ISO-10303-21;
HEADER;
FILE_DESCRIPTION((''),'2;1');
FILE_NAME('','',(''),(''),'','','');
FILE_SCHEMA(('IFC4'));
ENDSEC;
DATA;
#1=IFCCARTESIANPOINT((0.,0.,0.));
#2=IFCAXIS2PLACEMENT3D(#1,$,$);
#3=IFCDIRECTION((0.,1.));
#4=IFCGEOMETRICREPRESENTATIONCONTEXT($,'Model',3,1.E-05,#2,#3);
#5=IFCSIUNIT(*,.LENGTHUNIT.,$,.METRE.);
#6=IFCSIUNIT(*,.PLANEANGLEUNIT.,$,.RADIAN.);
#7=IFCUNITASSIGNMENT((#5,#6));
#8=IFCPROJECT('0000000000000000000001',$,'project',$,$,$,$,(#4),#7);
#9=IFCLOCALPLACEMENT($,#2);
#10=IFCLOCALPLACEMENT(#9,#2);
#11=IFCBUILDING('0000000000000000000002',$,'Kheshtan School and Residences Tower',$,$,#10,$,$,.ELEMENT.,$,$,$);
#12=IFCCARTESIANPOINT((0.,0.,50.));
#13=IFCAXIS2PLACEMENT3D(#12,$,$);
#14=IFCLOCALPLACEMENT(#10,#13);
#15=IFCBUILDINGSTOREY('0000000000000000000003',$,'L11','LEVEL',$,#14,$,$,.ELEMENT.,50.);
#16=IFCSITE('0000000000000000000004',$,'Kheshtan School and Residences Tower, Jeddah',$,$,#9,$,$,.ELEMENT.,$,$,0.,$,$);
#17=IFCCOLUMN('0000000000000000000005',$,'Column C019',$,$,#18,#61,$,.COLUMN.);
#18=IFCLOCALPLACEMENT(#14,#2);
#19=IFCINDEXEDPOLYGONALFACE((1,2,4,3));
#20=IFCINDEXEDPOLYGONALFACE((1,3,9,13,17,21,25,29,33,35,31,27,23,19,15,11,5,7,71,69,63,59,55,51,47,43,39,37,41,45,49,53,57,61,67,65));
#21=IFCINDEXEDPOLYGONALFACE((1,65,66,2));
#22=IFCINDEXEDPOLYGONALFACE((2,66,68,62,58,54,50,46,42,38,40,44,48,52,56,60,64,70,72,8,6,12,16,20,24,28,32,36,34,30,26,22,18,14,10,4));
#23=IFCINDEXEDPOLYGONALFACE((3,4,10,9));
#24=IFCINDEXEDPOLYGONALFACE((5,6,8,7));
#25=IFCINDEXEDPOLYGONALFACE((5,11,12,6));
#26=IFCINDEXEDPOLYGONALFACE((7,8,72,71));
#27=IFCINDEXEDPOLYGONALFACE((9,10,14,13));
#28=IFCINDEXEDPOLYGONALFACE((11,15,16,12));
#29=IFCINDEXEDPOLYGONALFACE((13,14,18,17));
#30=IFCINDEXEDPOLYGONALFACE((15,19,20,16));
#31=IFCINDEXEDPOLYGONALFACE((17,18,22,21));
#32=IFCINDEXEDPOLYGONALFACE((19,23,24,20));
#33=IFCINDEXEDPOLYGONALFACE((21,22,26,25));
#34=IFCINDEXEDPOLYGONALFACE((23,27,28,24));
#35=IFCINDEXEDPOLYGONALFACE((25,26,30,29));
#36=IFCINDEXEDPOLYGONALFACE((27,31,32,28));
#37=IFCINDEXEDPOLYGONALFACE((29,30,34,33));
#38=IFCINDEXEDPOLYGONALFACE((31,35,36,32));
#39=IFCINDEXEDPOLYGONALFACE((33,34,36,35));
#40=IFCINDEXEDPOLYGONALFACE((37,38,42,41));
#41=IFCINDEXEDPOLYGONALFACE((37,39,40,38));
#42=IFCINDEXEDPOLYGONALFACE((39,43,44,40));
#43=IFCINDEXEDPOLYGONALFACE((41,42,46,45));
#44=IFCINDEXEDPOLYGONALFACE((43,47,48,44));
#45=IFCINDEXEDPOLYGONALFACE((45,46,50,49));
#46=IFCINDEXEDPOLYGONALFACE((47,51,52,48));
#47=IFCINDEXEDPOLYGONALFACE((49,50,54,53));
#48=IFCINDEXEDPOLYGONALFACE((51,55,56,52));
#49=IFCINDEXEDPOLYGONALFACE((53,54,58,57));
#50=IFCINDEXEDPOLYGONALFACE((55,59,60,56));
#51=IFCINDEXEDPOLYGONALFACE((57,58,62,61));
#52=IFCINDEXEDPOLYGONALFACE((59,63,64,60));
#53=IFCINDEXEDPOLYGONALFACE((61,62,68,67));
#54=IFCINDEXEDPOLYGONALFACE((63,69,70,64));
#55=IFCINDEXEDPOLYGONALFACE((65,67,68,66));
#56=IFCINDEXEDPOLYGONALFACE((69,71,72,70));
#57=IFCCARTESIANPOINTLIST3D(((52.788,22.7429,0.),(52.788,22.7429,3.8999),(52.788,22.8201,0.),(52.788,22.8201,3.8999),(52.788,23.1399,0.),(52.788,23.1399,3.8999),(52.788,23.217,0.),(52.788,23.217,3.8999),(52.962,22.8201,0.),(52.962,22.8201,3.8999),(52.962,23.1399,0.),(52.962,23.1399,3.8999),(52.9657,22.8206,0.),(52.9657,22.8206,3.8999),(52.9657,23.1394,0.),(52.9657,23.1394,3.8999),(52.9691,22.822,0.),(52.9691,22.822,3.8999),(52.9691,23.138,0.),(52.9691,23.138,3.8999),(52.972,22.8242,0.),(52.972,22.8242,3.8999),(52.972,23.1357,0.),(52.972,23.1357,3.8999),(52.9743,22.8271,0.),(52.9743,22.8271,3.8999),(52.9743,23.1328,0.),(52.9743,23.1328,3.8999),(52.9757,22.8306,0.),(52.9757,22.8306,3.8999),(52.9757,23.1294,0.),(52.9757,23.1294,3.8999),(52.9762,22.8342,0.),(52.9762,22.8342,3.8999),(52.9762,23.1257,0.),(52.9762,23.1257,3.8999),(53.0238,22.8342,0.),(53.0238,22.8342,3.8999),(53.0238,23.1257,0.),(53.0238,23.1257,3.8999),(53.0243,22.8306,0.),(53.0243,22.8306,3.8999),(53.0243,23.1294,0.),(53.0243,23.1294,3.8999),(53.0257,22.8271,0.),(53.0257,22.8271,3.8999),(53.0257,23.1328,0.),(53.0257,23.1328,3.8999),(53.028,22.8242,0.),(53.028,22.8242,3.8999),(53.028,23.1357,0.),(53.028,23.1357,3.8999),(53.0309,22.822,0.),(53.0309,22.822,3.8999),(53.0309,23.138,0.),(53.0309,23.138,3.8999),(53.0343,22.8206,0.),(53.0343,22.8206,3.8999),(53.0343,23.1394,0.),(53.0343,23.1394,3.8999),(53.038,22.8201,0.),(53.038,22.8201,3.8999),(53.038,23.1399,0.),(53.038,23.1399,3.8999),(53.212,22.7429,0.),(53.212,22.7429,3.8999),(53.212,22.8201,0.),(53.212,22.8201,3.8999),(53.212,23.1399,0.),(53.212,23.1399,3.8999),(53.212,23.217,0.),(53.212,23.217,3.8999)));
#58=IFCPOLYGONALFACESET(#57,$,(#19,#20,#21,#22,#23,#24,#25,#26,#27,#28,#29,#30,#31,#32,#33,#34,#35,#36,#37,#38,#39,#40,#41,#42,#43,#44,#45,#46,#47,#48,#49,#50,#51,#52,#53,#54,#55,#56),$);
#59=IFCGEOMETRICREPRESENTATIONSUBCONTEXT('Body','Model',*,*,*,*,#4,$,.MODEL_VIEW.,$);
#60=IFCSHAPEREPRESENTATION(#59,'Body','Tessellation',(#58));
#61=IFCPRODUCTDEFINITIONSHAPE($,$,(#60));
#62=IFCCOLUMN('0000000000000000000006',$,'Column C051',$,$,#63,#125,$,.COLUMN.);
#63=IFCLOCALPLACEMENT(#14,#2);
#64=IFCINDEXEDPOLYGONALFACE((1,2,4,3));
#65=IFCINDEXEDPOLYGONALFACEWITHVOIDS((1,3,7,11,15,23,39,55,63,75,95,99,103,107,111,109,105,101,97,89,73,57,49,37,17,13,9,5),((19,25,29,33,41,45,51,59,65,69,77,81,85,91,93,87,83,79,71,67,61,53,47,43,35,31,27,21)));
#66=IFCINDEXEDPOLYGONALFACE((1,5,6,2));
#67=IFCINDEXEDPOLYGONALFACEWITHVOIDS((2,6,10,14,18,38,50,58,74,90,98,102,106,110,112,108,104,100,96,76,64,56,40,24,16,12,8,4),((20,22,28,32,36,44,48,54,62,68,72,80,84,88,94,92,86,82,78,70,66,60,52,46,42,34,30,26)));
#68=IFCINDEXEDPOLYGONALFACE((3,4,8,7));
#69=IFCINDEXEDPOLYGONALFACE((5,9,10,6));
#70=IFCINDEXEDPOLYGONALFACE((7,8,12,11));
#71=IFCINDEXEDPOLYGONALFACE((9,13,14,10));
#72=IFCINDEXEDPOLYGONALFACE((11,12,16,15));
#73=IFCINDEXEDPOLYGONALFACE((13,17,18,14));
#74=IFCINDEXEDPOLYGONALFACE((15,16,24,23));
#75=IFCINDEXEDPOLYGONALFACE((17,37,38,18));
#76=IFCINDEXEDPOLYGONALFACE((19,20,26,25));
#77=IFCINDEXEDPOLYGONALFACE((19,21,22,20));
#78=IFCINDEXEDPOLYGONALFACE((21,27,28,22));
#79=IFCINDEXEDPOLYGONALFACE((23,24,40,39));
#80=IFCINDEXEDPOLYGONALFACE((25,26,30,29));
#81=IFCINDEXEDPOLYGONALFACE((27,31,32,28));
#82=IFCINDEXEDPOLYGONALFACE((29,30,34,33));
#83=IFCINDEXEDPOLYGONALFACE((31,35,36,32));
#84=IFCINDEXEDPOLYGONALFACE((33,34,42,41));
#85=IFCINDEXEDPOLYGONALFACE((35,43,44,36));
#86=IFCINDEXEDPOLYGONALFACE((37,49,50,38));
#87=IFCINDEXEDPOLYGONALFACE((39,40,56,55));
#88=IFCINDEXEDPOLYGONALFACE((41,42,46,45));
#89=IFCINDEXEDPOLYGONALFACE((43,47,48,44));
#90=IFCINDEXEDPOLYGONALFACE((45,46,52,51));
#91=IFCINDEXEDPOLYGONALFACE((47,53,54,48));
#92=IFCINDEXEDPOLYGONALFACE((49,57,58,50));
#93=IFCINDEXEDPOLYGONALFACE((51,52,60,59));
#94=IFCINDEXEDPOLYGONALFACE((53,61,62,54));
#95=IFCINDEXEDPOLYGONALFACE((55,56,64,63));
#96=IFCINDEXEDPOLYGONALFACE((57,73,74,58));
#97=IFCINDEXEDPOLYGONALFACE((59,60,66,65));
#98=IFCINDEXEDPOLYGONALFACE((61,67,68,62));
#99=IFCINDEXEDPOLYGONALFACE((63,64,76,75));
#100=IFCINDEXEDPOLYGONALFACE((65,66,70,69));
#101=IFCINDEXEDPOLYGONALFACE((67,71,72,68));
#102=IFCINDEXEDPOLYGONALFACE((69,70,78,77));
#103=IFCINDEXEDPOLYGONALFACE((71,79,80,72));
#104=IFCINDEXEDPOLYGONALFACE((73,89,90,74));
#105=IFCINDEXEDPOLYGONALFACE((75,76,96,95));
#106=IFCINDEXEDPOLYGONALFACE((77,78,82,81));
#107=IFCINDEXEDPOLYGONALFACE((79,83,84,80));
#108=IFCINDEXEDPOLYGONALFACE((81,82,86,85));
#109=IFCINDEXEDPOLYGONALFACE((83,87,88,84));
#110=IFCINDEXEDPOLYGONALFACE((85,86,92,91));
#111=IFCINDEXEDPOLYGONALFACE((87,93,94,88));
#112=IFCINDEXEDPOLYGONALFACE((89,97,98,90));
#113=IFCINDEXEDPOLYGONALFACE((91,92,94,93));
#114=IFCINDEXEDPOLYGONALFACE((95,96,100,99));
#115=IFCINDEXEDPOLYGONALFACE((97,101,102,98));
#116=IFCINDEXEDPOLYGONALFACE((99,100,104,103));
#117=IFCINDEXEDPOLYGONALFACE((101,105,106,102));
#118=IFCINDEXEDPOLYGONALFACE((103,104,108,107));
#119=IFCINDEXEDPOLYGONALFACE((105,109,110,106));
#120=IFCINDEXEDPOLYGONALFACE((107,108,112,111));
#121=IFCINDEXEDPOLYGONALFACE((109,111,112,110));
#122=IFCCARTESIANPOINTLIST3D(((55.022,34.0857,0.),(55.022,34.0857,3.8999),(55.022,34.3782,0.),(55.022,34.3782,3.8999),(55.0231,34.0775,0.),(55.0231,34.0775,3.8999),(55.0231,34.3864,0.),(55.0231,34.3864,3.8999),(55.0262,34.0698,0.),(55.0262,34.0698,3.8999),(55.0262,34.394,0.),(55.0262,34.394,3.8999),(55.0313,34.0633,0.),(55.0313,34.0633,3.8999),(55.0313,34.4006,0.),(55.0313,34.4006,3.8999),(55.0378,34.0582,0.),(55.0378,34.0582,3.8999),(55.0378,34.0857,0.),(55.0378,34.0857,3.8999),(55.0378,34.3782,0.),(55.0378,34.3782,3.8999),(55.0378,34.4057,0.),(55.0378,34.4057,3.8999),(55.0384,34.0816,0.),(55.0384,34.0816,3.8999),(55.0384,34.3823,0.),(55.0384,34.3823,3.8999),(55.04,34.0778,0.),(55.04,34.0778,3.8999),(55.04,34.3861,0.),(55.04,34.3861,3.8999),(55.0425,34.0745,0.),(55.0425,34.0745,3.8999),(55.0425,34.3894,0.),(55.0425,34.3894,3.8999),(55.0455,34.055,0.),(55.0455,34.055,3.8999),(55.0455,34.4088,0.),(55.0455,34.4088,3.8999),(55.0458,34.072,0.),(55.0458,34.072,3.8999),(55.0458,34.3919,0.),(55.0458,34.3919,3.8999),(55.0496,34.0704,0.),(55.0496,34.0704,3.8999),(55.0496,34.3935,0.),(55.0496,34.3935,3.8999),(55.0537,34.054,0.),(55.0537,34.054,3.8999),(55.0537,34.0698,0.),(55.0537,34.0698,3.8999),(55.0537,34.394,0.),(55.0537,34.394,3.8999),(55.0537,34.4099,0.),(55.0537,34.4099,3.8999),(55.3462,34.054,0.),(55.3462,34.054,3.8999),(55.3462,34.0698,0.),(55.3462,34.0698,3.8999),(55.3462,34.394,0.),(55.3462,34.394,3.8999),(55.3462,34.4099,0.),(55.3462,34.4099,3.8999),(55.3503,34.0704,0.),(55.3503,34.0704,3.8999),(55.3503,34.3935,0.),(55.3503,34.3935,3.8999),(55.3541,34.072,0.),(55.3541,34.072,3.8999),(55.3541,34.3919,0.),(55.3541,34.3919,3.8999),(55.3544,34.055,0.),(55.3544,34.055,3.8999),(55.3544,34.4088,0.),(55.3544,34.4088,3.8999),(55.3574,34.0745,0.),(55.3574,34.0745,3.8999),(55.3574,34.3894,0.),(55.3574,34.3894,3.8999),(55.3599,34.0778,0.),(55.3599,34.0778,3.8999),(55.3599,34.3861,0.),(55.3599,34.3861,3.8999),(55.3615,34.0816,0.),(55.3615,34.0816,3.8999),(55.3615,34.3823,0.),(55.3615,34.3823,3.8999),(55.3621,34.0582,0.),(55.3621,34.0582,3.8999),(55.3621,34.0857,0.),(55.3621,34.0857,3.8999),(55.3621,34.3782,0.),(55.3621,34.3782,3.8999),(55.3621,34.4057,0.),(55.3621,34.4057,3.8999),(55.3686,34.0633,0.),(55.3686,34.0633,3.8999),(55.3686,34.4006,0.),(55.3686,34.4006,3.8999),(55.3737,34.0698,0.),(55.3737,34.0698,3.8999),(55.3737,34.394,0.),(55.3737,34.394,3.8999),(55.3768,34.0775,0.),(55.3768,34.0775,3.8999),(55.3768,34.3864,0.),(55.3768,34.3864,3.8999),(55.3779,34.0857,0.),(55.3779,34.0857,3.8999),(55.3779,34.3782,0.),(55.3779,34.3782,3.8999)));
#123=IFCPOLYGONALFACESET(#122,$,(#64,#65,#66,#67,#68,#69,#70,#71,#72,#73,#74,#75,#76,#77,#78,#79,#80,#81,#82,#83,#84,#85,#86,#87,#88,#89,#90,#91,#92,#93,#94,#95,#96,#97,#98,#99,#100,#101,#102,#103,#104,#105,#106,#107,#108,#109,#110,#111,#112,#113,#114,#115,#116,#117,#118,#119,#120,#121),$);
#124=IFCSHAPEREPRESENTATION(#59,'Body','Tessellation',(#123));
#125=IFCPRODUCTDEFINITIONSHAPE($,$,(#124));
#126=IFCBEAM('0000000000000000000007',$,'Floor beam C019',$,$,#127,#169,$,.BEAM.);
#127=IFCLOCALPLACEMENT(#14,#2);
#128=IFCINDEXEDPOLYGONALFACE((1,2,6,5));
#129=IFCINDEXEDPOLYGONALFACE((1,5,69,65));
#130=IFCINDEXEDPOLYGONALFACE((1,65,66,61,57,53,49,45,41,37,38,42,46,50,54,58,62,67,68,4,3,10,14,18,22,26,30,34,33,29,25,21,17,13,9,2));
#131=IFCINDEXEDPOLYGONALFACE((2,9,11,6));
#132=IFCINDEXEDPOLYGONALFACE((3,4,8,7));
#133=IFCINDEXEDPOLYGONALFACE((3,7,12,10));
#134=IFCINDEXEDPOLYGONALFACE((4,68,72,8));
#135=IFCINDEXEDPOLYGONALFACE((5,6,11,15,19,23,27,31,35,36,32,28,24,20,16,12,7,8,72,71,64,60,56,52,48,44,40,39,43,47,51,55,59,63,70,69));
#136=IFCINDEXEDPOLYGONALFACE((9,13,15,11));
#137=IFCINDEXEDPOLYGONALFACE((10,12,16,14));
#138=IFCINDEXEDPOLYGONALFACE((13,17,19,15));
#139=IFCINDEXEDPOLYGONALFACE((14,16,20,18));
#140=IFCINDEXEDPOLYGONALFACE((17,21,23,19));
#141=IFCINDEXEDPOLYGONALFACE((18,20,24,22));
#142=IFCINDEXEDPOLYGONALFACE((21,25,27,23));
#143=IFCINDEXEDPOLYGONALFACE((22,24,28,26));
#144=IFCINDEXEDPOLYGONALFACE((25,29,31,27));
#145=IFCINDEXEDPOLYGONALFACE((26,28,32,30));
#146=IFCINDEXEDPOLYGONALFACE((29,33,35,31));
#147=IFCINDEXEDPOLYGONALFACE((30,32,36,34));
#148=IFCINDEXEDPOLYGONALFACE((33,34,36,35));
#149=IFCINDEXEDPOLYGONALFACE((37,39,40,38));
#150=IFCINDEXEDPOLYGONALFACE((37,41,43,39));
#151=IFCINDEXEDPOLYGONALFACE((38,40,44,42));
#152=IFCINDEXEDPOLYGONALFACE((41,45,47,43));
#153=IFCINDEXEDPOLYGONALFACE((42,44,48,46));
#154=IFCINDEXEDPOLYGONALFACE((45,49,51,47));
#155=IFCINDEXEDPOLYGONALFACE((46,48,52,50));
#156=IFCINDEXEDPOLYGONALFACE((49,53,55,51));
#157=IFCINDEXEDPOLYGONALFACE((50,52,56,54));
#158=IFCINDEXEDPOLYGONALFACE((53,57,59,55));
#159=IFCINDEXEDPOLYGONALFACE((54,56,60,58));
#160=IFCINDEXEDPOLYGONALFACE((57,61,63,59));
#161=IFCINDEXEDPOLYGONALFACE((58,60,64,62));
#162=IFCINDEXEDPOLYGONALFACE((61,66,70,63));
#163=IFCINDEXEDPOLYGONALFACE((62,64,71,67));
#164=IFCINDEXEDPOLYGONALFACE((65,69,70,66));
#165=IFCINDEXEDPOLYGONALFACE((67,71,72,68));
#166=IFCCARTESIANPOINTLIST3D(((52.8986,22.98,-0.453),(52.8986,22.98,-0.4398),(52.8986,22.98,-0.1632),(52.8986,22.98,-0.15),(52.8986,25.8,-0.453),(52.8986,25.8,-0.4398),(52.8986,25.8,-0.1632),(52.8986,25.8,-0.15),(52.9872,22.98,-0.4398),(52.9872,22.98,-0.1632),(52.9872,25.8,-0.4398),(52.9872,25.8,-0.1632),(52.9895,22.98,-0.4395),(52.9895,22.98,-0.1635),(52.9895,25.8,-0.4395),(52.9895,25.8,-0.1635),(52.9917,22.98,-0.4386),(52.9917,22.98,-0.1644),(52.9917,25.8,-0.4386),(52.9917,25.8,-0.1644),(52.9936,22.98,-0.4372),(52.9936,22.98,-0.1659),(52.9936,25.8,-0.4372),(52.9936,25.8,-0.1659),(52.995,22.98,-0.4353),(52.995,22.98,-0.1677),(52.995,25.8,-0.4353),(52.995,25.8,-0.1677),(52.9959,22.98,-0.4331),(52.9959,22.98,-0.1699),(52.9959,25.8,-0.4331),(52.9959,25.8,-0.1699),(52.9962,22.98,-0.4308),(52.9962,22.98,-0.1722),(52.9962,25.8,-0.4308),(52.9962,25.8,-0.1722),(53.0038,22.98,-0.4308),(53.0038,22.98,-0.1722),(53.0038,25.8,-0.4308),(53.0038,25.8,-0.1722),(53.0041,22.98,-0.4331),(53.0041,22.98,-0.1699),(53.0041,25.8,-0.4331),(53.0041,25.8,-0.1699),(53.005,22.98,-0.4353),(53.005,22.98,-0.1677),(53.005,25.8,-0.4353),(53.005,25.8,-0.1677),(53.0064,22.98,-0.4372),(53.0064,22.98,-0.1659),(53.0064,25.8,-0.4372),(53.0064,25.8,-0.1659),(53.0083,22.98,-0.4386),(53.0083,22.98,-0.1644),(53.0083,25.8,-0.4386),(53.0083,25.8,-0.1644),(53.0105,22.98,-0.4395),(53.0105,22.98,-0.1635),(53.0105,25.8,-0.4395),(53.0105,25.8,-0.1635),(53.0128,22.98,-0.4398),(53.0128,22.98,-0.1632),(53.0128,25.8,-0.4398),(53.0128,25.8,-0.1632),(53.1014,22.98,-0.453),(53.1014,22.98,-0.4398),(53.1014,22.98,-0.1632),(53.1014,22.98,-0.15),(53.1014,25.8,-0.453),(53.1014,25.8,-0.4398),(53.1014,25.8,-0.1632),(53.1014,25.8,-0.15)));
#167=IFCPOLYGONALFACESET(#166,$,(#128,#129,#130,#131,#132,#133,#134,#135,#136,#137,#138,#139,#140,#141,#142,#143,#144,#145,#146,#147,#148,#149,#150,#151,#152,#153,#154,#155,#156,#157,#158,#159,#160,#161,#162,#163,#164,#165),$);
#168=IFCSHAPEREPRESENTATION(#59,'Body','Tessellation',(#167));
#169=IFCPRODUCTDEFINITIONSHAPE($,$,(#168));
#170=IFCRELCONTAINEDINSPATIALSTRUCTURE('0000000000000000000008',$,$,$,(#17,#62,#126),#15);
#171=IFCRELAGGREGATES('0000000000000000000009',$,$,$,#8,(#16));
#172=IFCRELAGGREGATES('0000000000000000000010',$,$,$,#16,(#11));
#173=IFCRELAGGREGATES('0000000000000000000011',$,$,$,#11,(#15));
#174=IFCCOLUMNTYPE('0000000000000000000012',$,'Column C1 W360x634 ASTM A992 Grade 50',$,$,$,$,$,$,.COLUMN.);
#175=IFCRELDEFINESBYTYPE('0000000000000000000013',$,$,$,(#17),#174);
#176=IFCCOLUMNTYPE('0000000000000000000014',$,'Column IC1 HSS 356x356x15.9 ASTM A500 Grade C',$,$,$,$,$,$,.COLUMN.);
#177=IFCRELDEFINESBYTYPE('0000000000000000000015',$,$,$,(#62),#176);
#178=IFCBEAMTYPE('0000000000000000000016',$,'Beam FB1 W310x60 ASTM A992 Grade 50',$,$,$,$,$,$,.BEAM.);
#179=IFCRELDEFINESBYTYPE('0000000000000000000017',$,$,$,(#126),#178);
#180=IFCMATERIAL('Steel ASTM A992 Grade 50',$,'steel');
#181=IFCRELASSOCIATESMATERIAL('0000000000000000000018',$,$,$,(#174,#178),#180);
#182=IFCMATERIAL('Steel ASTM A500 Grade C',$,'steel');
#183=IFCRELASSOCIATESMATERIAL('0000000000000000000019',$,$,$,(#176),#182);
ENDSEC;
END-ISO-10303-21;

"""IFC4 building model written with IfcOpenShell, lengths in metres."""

from ifc_helpers import new_model, si_unit, direction, frame, origin, origin_2d, place, context, subcontext, project, spatial, hollow_rectangle, i_section, extrude, material, material_profile, profile_set, type_object, element, save


model = new_model("IFC4")

# Units and contexts
model_context = context("Model", 3, precision=1e-05, world=origin(), true_north=direction((0.0, 1.0)))
body_context = subcontext(model_context, "Body", "Model", "MODEL_VIEW")
ifc_project = project(units=[si_unit("LENGTHUNIT", "METRE"), si_unit("PLANEANGLEUNIT", "RADIAN")], contexts=[model_context])

# Site, building, storey
site_placement = place(None, origin())
site = spatial("IfcSite", under=ifc_project, at=site_placement, Name="Kheshtan School and Residences Tower, Jeddah", CompositionType="ELEMENT", RefElevation=0.0)
building_placement = place(site_placement, origin())
building = spatial("IfcBuilding", under=site, at=building_placement, Name="Kheshtan School and Residences Tower", CompositionType="ELEMENT")
storey_placement = place(building_placement, frame((0.0, 0.0, 50.0)))
storey = spatial("IfcBuildingStorey", under=building, at=storey_placement, Name="L11", Description="LEVEL", CompositionType="ELEMENT", Elevation=50.0)

# Columns
ifc_material_1 = material(Name="Steel ASTM A992 Grade 50", Category="steel")
ifc_material_profile_1 = material_profile(ifc_material_1, i_section(OverallWidth=0.4241, OverallDepth=0.4741, WebThickness=0.0476, FlangeThickness=0.0771, FilletRadius=0.0142, at=origin_2d()), Name="W360x634")
ifc_profile_set_1 = profile_set([ifc_material_profile_1], Name="Steel ASTM A992 Grade 50")
column_type_1 = type_object("IfcColumnType", Name="Column C1 W360x634 ASTM A992 Grade 50", PredefinedType="COLUMN", material=ifc_profile_set_1)
column_1_placement = place(storey_placement, frame((53.0, 22.98, 0.0), z_axis=(0.0, 0.0, 1.0), x_axis=(1.0, 0.0, 0.0)))
element("IfcColumn", 1, at=column_1_placement, inside=storey, type_object=column_type_1, Name="Column C019", PredefinedType="COLUMN", context=body_context, shape_type="SweptSolid", body=[
    extrude(i_section(OverallWidth=0.4241, OverallDepth=0.4741, WebThickness=0.0476, FlangeThickness=0.0771, FilletRadius=0.0142, at=origin_2d()), origin(), (0.0, 0.0, 1.0), 3.8999),
])
ifc_material_2 = material(Name="Steel ASTM A500 Grade C", Category="steel")
ifc_material_profile_2 = material_profile(ifc_material_2, hollow_rectangle(XDim=0.356, YDim=0.356, WallThickness=0.0159, InnerFilletRadius=0.0159, OuterFilletRadius=0.0317, at=origin_2d()), Name="HSS 356x356x15.9")
ifc_profile_set_2 = profile_set([ifc_material_profile_2], Name="Steel ASTM A500 Grade C")
column_type_2 = type_object("IfcColumnType", Name="Column IC1 HSS 356x356x15.9 ASTM A500 Grade C", PredefinedType="COLUMN", material=ifc_profile_set_2)
column_2_placement = place(storey_placement, frame((55.2, 34.2319, 0.0), z_axis=(0.0, 0.0, 1.0), x_axis=(1.0, 0.0, 0.0)))
element("IfcColumn", 2, at=column_2_placement, inside=storey, type_object=column_type_2, Name="Column C051", PredefinedType="COLUMN", context=body_context, shape_type="SweptSolid", body=[
    extrude(hollow_rectangle(XDim=0.356, YDim=0.356, WallThickness=0.0159, InnerFilletRadius=0.0159, OuterFilletRadius=0.0317, at=origin_2d()), origin(), (0.0, 0.0, 1.0), 3.8999),
])

# Beam
ifc_material_profile_3 = material_profile(ifc_material_1, i_section(OverallWidth=0.2029, OverallDepth=0.303, WebThickness=0.0076, FlangeThickness=0.0132, FilletRadius=0.009, at=origin_2d()), Name="W310x60")
ifc_profile_set_3 = profile_set([ifc_material_profile_3], Name="Steel ASTM A992 Grade 50")
beam_type_1 = type_object("IfcBeamType", Name="Beam FB1 W310x60 ASTM A992 Grade 50", PredefinedType="BEAM", material=ifc_profile_set_3)
beam_1_placement = place(storey_placement, frame((53.0, 22.98, -0.3015), z_axis=(0.0, 1.0, 0.0), x_axis=(-1.0, 0.0, 0.0)))
element("IfcBeam", 3, at=beam_1_placement, inside=storey, type_object=beam_type_1, Name="Floor beam C019", PredefinedType="BEAM", context=body_context, shape_type="SweptSolid", body=[
    extrude(i_section(OverallWidth=0.2029, OverallDepth=0.303, WebThickness=0.0076, FlangeThickness=0.0132, FilletRadius=0.009, at=origin_2d()), origin(), (0.0, 0.0, 1.0), 2.8201),
])

save(model, "model.ifc")
